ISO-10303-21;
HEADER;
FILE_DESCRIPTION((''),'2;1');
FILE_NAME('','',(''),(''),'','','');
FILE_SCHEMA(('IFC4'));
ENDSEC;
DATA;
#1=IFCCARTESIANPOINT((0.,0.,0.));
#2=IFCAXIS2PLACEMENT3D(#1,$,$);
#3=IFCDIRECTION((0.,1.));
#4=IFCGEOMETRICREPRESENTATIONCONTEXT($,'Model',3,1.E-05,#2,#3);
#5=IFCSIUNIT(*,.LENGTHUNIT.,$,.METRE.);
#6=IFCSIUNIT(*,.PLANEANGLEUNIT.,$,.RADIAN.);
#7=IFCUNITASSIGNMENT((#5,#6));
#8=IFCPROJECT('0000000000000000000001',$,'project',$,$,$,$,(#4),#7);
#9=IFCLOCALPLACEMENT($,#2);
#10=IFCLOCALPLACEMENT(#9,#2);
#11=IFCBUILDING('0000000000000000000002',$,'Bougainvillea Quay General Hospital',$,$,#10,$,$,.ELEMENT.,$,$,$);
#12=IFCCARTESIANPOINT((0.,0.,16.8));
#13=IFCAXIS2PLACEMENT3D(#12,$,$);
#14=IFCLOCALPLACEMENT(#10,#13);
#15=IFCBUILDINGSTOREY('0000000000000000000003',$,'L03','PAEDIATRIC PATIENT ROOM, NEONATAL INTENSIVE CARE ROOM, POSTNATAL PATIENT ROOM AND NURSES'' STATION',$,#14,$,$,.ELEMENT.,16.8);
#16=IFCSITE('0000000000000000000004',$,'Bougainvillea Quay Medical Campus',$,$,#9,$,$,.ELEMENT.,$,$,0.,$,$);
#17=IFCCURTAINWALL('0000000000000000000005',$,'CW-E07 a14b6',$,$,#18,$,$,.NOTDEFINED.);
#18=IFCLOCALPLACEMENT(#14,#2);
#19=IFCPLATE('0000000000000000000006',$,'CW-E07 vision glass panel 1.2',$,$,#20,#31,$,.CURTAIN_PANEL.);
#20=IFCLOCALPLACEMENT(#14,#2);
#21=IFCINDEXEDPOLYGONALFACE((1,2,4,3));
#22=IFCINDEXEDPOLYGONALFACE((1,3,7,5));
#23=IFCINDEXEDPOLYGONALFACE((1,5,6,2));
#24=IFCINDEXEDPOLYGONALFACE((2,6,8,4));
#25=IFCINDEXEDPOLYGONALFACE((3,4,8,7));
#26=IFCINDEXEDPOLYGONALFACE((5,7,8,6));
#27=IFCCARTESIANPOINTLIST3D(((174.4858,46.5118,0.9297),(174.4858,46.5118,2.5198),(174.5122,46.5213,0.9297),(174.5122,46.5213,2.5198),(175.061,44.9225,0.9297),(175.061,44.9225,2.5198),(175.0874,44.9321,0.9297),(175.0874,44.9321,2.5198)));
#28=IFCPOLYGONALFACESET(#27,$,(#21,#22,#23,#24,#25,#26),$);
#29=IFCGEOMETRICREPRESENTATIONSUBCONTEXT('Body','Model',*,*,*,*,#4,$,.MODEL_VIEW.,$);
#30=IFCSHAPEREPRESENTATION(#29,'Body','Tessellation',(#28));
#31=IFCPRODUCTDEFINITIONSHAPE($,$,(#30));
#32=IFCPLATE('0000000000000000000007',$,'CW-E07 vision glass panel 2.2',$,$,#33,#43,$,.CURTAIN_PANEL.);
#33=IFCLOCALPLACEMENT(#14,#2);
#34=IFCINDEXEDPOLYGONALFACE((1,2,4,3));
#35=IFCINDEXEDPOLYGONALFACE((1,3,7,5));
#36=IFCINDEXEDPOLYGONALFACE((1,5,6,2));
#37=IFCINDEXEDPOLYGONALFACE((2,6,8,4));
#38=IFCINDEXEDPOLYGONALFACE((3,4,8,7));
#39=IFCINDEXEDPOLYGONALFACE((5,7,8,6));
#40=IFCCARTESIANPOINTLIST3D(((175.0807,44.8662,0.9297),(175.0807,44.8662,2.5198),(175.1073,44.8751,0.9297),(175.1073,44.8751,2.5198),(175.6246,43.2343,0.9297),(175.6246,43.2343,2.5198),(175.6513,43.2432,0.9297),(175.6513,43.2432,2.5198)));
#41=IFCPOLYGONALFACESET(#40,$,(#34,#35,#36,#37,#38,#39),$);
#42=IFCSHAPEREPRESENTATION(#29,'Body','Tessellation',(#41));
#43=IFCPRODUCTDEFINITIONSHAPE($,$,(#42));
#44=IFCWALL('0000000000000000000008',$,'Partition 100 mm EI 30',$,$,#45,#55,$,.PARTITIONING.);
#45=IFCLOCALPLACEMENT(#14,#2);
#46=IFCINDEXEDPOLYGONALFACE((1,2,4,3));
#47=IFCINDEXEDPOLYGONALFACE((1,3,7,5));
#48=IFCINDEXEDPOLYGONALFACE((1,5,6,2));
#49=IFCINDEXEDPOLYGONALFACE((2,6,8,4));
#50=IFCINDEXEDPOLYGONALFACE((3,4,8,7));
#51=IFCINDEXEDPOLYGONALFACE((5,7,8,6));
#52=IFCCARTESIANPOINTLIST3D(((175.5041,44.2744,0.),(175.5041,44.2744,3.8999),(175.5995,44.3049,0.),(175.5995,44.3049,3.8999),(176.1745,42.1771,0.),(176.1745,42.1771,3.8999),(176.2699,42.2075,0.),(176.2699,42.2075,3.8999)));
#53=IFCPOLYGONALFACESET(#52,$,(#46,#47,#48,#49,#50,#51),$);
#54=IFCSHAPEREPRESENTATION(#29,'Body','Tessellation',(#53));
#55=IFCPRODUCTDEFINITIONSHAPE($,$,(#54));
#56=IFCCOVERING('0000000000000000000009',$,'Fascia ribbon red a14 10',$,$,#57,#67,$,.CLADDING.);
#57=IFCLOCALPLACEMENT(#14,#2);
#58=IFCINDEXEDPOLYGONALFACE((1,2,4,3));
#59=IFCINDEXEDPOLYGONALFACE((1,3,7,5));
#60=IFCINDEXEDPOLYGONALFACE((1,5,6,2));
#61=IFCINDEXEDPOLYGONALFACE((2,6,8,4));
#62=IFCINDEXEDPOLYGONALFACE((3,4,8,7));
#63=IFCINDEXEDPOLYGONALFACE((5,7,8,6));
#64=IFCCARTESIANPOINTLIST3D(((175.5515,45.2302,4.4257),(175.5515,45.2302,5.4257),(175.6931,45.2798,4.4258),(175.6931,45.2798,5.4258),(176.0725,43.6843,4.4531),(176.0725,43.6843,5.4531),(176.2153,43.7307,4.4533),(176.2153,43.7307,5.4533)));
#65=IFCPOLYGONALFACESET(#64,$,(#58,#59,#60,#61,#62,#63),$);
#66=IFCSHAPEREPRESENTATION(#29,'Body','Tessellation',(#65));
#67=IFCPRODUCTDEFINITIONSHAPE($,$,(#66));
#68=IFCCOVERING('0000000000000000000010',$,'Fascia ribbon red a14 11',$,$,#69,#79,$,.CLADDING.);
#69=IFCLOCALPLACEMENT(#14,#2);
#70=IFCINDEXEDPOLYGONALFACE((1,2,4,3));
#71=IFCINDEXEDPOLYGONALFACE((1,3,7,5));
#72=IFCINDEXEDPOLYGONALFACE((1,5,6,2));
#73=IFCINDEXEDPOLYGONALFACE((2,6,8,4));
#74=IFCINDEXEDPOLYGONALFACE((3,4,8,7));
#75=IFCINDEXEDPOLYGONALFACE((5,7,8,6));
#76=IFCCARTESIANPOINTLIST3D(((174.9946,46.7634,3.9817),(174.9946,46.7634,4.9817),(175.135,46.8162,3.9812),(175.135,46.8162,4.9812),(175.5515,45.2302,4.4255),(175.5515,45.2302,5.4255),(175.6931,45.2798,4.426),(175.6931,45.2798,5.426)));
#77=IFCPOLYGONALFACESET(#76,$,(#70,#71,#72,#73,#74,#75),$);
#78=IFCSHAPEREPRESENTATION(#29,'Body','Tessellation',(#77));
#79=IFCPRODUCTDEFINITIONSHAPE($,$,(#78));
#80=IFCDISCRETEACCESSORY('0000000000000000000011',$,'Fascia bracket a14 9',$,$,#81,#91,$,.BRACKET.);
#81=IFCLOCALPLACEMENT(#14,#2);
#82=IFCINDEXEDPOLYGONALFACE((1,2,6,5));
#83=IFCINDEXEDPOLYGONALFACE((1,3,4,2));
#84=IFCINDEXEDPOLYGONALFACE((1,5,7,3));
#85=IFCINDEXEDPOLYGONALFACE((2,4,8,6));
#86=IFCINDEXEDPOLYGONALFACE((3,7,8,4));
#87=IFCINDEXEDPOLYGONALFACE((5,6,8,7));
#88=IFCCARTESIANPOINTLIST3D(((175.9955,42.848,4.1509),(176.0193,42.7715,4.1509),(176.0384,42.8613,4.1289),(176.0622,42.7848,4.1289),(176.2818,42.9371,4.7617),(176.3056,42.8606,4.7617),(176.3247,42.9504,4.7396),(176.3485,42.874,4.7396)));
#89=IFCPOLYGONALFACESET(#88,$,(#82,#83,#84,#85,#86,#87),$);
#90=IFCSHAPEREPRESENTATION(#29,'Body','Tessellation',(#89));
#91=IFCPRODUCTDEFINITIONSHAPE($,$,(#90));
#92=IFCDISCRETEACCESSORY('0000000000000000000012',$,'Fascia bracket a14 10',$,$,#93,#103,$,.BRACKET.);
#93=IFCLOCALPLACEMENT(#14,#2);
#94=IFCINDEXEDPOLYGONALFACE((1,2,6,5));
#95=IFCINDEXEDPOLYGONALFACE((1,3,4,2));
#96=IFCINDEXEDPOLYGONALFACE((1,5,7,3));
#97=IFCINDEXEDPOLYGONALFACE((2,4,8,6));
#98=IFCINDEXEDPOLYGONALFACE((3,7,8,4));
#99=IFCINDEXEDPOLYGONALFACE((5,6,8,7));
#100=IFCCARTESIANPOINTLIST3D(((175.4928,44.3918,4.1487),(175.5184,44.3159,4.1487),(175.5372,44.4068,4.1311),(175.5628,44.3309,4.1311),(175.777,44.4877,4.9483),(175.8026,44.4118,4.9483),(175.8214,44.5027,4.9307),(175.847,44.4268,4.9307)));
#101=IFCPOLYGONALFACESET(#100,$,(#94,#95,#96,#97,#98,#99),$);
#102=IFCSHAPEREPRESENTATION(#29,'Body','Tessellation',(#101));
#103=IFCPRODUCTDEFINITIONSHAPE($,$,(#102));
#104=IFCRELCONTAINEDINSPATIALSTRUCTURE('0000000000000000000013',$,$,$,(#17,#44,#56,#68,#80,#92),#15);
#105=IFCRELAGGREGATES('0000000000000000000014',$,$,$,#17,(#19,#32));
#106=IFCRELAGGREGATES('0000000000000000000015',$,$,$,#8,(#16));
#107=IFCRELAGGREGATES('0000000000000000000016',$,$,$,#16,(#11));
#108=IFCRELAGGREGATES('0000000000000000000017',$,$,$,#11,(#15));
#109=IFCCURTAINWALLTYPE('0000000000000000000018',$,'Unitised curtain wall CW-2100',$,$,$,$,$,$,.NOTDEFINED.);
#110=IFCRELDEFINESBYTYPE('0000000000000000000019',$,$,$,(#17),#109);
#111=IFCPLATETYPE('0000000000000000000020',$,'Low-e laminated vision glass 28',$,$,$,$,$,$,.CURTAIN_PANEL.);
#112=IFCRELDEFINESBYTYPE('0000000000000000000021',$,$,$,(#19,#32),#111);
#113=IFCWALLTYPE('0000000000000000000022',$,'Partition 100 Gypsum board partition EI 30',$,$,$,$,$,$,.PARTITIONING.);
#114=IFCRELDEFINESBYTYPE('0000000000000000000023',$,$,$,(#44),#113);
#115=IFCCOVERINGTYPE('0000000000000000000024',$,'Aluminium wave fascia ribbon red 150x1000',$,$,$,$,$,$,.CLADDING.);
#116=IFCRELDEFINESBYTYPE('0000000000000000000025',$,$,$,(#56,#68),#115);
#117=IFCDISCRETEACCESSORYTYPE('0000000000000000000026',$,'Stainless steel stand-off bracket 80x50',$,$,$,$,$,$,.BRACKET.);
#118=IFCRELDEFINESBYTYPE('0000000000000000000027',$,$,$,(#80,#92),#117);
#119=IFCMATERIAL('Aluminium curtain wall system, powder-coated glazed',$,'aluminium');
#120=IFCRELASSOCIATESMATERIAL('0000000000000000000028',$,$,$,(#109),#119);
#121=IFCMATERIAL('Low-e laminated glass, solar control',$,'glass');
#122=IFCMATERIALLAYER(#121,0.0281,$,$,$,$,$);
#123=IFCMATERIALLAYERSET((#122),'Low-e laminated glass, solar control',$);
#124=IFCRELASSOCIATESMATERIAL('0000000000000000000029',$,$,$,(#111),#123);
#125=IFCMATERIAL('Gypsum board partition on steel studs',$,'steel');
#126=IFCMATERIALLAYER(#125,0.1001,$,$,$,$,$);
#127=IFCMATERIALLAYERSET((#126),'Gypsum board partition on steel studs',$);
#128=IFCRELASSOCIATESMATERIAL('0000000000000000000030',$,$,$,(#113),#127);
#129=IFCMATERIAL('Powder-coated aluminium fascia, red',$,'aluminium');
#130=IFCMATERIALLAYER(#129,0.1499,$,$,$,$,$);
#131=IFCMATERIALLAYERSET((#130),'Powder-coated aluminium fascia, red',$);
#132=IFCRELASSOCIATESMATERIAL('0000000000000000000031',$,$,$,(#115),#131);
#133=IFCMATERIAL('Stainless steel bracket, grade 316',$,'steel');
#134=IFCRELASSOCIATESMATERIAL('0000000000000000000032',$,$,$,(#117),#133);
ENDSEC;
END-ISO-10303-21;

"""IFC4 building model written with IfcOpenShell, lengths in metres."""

from ifc_helpers import new_model, si_unit, direction, frame, frame_2d, origin, origin_2d, place, context, subcontext, project, spatial, polyline, rectangle, outline, extrude, material, layer, layer_set, material_profile, profile_set, type_object, element, aggregate, save


model = new_model("IFC4")

# Units and contexts
model_context = context("Model", 3, precision=1e-05, world=origin(), true_north=direction((0.0, 1.0)))
body_context = subcontext(model_context, "Body", "Model", "MODEL_VIEW")
ifc_project = project(units=[si_unit("LENGTHUNIT", "METRE"), si_unit("PLANEANGLEUNIT", "RADIAN")], contexts=[model_context])

# Site, building, storey
site_placement = place(None, origin())
site = spatial("IfcSite", under=ifc_project, at=site_placement, Name="Bougainvillea Quay Medical Campus", CompositionType="ELEMENT", RefElevation=0.0)
building_placement = place(site_placement, origin())
building = spatial("IfcBuilding", under=site, at=building_placement, Name="Bougainvillea Quay General Hospital", CompositionType="ELEMENT")
storey_placement = place(building_placement, frame((0.0, 0.0, 16.8)))
storey = spatial("IfcBuildingStorey", under=building, at=storey_placement, Name="L03", Description="PAEDIATRIC PATIENT ROOM, NEONATAL INTENSIVE CARE ROOM, POSTNATAL PATIENT ROOM AND NURSES' STATION", CompositionType="ELEMENT", Elevation=16.8)

# Curtain wall, plates
ifc_material_1 = material(Name="Aluminium curtain wall system, powder-coated glazed", Category="aluminium")
curtain_wall_type = type_object("IfcCurtainWallType", Name="Unitised curtain wall CW-2100", PredefinedType="NOTDEFINED", material=ifc_material_1)
curtain_wall_placement = place(storey_placement, origin())
curtain_wall = element("IfcCurtainWall", 1, at=curtain_wall_placement, inside=storey, type_object=curtain_wall_type, Name="CW-E07 a14b6", PredefinedType="NOTDEFINED")
ifc_material_2 = material(Name="Low-e laminated glass, solar control", Category="glass")
ifc_layer_1 = layer(ifc_material_2, 0.0281)
ifc_layer_set_1 = layer_set([ifc_layer_1], Name="Low-e laminated glass, solar control")
plate_type_1 = type_object("IfcPlateType", Name="Low-e laminated vision glass 28", PredefinedType="CURTAIN_PANEL", material=ifc_layer_set_1)
plate_1_placement = place(storey_placement, frame((174.7866, 45.7219, 0.9297), z_axis=(0.0, 0.0, 1.0), x_axis=(0.340327, -0.940307, 0.0)))
plate_1 = element("IfcPlate", 2, at=plate_1_placement, type_object=plate_type_1, Name="CW-E07 vision glass panel 1.2", PredefinedType="CURTAIN_PANEL", context=body_context, shape_type="SweptSolid", body=[
    extrude(rectangle(XDim=1.6902, YDim=0.0281, at=origin_2d()), origin(), (0.0, 0.0, 1.0), 1.5901),
])
plate_2_placement = place(storey_placement, frame((175.366, 44.0547, 0.9297), z_axis=(0.0, 0.0, 1.0), x_axis=(0.316219, -0.948686, 0.0)))
plate_2 = element("IfcPlate", 3, at=plate_2_placement, type_object=plate_type_1, Name="CW-E07 vision glass panel 2.2", PredefinedType="CURTAIN_PANEL", context=body_context, shape_type="SweptSolid", body=[
    extrude(rectangle(XDim=1.7202, YDim=0.0281, at=origin_2d()), origin(), (0.0, 0.0, 1.0), 1.5901),
])
aggregate(curtain_wall, [plate_1, plate_2])

# Wall
ifc_material_3 = material(Name="Gypsum board partition on steel studs", Category="steel")
ifc_layer_2 = layer(ifc_material_3, 0.1001)
ifc_layer_set_2 = layer_set([ifc_layer_2], Name="Gypsum board partition on steel studs")
wall_type = type_object("IfcWallType", Name="Partition 100 Gypsum board partition EI 30", PredefinedType="PARTITIONING", material=ifc_layer_set_2)
wall_placement = place(storey_placement, frame((175.5518, 44.2898, 0.0), z_axis=(0.0, 0.0, 1.0), x_axis=(0.304462, -0.952525, 0.0)))
element("IfcWall", 4, at=wall_placement, inside=storey, type_object=wall_type, Name="Partition 100 mm EI 30", PredefinedType="PARTITIONING", context=body_context, shape_type="SweptSolid", body=[
    extrude(rectangle(XDim=2.2019, YDim=0.1001, at=frame_2d((1.1011, 0.0))), origin(), (0.0, 0.0, 1.0), 3.8999),
])

# Coverings
ifc_material_4 = material(Name="Powder-coated aluminium fascia, red", Category="aluminium")
ifc_layer_3 = layer(ifc_material_4, 0.1499)
ifc_layer_set_3 = layer_set([ifc_layer_3], Name="Powder-coated aluminium fascia, red")
covering_type = type_object("IfcCoveringType", Name="Aluminium wave fascia ribbon red 150x1000", PredefinedType="CLADDING", material=ifc_layer_set_3)
covering_1_placement = place(storey_placement, frame((176.0725, 43.6843, 4.4531), z_axis=(-0.006146, 0.015675, 0.999858), x_axis=(-0.319324, 0.947497, -0.016817)))
element("IfcCovering", 5, at=covering_1_placement, inside=storey, type_object=covering_type, Name="Fascia ribbon red a14 10", PredefinedType="CLADDING", context=body_context, shape_type="SweptSolid", body=[
    extrude(outline(polyline([(0.0, 0.0), (1.6316, 0.0), (1.6333, -0.15), (-0.0017, -0.1502), (0.0, 0.0)])), origin(), (-0.016817, -0.000818, 0.999858), 1.0),
])
covering_2_placement = place(storey_placement, frame((175.5515, 45.2302, 4.4255), z_axis=(-0.089541, 0.246827, 0.964914), x_axis=(-0.329416, 0.906942, -0.262566)))
element("IfcCovering", 6, at=covering_2_placement, inside=storey, type_object=covering_type, Name="Fascia ribbon red a14 11", PredefinedType="CLADDING", context=body_context, shape_type="SweptSolid", body=[
    extrude(outline(polyline([(0.0, 0.0), (1.6905, 0.0), (1.6922, -0.15), (-0.0018, -0.15), (0.0, 0.0)])), origin(), (-0.262566, 0.0001, 0.964914), 1.0),
])

# Discrete accessories
ifc_material_5 = material(Name="Stainless steel bracket, grade 316", Category="steel")
ifc_material_profile_1 = material_profile(ifc_material_5, rectangle(XDim=0.0801, YDim=0.05, at=origin_2d()))
ifc_profile_set_1 = profile_set([ifc_material_profile_1], Name="Stainless steel bracket, grade 316")
discrete_accessory_type = type_object("IfcDiscreteAccessoryType", Name="Stainless steel stand-off bracket 80x50", PredefinedType="BRACKET", material=ifc_profile_set_1)
discrete_accessory_1_placement = place(storey_placement, frame((176.0288, 42.8164, 4.1399), z_axis=(0.420834, 0.13095, 0.897636), x_axis=(-0.297116, 0.954841, 0.0)))
element("IfcDiscreteAccessory", 7, at=discrete_accessory_1_placement, inside=storey, type_object=discrete_accessory_type, Name="Fascia bracket a14 9", PredefinedType="BRACKET", context=body_context, shape_type="SweptSolid", body=[
    extrude(rectangle(XDim=0.0801, YDim=0.05, at=origin_2d()), origin(), (0.0, 0.0, 1.0), 0.6804),
])
discrete_accessory_2_placement = place(storey_placement, frame((175.5278, 44.3613, 4.1399), z_axis=(0.332776, 0.112355, 0.936289), x_axis=(-0.319888, 0.947455, 0.0)))
element("IfcDiscreteAccessory", 8, at=discrete_accessory_2_placement, inside=storey, type_object=discrete_accessory_type, Name="Fascia bracket a14 10", PredefinedType="BRACKET", context=body_context, shape_type="SweptSolid", body=[
    extrude(rectangle(XDim=0.0801, YDim=0.05, at=origin_2d()), origin(), (0.0, 0.0, 1.0), 0.854),
])

save(model, "model.ifc")
